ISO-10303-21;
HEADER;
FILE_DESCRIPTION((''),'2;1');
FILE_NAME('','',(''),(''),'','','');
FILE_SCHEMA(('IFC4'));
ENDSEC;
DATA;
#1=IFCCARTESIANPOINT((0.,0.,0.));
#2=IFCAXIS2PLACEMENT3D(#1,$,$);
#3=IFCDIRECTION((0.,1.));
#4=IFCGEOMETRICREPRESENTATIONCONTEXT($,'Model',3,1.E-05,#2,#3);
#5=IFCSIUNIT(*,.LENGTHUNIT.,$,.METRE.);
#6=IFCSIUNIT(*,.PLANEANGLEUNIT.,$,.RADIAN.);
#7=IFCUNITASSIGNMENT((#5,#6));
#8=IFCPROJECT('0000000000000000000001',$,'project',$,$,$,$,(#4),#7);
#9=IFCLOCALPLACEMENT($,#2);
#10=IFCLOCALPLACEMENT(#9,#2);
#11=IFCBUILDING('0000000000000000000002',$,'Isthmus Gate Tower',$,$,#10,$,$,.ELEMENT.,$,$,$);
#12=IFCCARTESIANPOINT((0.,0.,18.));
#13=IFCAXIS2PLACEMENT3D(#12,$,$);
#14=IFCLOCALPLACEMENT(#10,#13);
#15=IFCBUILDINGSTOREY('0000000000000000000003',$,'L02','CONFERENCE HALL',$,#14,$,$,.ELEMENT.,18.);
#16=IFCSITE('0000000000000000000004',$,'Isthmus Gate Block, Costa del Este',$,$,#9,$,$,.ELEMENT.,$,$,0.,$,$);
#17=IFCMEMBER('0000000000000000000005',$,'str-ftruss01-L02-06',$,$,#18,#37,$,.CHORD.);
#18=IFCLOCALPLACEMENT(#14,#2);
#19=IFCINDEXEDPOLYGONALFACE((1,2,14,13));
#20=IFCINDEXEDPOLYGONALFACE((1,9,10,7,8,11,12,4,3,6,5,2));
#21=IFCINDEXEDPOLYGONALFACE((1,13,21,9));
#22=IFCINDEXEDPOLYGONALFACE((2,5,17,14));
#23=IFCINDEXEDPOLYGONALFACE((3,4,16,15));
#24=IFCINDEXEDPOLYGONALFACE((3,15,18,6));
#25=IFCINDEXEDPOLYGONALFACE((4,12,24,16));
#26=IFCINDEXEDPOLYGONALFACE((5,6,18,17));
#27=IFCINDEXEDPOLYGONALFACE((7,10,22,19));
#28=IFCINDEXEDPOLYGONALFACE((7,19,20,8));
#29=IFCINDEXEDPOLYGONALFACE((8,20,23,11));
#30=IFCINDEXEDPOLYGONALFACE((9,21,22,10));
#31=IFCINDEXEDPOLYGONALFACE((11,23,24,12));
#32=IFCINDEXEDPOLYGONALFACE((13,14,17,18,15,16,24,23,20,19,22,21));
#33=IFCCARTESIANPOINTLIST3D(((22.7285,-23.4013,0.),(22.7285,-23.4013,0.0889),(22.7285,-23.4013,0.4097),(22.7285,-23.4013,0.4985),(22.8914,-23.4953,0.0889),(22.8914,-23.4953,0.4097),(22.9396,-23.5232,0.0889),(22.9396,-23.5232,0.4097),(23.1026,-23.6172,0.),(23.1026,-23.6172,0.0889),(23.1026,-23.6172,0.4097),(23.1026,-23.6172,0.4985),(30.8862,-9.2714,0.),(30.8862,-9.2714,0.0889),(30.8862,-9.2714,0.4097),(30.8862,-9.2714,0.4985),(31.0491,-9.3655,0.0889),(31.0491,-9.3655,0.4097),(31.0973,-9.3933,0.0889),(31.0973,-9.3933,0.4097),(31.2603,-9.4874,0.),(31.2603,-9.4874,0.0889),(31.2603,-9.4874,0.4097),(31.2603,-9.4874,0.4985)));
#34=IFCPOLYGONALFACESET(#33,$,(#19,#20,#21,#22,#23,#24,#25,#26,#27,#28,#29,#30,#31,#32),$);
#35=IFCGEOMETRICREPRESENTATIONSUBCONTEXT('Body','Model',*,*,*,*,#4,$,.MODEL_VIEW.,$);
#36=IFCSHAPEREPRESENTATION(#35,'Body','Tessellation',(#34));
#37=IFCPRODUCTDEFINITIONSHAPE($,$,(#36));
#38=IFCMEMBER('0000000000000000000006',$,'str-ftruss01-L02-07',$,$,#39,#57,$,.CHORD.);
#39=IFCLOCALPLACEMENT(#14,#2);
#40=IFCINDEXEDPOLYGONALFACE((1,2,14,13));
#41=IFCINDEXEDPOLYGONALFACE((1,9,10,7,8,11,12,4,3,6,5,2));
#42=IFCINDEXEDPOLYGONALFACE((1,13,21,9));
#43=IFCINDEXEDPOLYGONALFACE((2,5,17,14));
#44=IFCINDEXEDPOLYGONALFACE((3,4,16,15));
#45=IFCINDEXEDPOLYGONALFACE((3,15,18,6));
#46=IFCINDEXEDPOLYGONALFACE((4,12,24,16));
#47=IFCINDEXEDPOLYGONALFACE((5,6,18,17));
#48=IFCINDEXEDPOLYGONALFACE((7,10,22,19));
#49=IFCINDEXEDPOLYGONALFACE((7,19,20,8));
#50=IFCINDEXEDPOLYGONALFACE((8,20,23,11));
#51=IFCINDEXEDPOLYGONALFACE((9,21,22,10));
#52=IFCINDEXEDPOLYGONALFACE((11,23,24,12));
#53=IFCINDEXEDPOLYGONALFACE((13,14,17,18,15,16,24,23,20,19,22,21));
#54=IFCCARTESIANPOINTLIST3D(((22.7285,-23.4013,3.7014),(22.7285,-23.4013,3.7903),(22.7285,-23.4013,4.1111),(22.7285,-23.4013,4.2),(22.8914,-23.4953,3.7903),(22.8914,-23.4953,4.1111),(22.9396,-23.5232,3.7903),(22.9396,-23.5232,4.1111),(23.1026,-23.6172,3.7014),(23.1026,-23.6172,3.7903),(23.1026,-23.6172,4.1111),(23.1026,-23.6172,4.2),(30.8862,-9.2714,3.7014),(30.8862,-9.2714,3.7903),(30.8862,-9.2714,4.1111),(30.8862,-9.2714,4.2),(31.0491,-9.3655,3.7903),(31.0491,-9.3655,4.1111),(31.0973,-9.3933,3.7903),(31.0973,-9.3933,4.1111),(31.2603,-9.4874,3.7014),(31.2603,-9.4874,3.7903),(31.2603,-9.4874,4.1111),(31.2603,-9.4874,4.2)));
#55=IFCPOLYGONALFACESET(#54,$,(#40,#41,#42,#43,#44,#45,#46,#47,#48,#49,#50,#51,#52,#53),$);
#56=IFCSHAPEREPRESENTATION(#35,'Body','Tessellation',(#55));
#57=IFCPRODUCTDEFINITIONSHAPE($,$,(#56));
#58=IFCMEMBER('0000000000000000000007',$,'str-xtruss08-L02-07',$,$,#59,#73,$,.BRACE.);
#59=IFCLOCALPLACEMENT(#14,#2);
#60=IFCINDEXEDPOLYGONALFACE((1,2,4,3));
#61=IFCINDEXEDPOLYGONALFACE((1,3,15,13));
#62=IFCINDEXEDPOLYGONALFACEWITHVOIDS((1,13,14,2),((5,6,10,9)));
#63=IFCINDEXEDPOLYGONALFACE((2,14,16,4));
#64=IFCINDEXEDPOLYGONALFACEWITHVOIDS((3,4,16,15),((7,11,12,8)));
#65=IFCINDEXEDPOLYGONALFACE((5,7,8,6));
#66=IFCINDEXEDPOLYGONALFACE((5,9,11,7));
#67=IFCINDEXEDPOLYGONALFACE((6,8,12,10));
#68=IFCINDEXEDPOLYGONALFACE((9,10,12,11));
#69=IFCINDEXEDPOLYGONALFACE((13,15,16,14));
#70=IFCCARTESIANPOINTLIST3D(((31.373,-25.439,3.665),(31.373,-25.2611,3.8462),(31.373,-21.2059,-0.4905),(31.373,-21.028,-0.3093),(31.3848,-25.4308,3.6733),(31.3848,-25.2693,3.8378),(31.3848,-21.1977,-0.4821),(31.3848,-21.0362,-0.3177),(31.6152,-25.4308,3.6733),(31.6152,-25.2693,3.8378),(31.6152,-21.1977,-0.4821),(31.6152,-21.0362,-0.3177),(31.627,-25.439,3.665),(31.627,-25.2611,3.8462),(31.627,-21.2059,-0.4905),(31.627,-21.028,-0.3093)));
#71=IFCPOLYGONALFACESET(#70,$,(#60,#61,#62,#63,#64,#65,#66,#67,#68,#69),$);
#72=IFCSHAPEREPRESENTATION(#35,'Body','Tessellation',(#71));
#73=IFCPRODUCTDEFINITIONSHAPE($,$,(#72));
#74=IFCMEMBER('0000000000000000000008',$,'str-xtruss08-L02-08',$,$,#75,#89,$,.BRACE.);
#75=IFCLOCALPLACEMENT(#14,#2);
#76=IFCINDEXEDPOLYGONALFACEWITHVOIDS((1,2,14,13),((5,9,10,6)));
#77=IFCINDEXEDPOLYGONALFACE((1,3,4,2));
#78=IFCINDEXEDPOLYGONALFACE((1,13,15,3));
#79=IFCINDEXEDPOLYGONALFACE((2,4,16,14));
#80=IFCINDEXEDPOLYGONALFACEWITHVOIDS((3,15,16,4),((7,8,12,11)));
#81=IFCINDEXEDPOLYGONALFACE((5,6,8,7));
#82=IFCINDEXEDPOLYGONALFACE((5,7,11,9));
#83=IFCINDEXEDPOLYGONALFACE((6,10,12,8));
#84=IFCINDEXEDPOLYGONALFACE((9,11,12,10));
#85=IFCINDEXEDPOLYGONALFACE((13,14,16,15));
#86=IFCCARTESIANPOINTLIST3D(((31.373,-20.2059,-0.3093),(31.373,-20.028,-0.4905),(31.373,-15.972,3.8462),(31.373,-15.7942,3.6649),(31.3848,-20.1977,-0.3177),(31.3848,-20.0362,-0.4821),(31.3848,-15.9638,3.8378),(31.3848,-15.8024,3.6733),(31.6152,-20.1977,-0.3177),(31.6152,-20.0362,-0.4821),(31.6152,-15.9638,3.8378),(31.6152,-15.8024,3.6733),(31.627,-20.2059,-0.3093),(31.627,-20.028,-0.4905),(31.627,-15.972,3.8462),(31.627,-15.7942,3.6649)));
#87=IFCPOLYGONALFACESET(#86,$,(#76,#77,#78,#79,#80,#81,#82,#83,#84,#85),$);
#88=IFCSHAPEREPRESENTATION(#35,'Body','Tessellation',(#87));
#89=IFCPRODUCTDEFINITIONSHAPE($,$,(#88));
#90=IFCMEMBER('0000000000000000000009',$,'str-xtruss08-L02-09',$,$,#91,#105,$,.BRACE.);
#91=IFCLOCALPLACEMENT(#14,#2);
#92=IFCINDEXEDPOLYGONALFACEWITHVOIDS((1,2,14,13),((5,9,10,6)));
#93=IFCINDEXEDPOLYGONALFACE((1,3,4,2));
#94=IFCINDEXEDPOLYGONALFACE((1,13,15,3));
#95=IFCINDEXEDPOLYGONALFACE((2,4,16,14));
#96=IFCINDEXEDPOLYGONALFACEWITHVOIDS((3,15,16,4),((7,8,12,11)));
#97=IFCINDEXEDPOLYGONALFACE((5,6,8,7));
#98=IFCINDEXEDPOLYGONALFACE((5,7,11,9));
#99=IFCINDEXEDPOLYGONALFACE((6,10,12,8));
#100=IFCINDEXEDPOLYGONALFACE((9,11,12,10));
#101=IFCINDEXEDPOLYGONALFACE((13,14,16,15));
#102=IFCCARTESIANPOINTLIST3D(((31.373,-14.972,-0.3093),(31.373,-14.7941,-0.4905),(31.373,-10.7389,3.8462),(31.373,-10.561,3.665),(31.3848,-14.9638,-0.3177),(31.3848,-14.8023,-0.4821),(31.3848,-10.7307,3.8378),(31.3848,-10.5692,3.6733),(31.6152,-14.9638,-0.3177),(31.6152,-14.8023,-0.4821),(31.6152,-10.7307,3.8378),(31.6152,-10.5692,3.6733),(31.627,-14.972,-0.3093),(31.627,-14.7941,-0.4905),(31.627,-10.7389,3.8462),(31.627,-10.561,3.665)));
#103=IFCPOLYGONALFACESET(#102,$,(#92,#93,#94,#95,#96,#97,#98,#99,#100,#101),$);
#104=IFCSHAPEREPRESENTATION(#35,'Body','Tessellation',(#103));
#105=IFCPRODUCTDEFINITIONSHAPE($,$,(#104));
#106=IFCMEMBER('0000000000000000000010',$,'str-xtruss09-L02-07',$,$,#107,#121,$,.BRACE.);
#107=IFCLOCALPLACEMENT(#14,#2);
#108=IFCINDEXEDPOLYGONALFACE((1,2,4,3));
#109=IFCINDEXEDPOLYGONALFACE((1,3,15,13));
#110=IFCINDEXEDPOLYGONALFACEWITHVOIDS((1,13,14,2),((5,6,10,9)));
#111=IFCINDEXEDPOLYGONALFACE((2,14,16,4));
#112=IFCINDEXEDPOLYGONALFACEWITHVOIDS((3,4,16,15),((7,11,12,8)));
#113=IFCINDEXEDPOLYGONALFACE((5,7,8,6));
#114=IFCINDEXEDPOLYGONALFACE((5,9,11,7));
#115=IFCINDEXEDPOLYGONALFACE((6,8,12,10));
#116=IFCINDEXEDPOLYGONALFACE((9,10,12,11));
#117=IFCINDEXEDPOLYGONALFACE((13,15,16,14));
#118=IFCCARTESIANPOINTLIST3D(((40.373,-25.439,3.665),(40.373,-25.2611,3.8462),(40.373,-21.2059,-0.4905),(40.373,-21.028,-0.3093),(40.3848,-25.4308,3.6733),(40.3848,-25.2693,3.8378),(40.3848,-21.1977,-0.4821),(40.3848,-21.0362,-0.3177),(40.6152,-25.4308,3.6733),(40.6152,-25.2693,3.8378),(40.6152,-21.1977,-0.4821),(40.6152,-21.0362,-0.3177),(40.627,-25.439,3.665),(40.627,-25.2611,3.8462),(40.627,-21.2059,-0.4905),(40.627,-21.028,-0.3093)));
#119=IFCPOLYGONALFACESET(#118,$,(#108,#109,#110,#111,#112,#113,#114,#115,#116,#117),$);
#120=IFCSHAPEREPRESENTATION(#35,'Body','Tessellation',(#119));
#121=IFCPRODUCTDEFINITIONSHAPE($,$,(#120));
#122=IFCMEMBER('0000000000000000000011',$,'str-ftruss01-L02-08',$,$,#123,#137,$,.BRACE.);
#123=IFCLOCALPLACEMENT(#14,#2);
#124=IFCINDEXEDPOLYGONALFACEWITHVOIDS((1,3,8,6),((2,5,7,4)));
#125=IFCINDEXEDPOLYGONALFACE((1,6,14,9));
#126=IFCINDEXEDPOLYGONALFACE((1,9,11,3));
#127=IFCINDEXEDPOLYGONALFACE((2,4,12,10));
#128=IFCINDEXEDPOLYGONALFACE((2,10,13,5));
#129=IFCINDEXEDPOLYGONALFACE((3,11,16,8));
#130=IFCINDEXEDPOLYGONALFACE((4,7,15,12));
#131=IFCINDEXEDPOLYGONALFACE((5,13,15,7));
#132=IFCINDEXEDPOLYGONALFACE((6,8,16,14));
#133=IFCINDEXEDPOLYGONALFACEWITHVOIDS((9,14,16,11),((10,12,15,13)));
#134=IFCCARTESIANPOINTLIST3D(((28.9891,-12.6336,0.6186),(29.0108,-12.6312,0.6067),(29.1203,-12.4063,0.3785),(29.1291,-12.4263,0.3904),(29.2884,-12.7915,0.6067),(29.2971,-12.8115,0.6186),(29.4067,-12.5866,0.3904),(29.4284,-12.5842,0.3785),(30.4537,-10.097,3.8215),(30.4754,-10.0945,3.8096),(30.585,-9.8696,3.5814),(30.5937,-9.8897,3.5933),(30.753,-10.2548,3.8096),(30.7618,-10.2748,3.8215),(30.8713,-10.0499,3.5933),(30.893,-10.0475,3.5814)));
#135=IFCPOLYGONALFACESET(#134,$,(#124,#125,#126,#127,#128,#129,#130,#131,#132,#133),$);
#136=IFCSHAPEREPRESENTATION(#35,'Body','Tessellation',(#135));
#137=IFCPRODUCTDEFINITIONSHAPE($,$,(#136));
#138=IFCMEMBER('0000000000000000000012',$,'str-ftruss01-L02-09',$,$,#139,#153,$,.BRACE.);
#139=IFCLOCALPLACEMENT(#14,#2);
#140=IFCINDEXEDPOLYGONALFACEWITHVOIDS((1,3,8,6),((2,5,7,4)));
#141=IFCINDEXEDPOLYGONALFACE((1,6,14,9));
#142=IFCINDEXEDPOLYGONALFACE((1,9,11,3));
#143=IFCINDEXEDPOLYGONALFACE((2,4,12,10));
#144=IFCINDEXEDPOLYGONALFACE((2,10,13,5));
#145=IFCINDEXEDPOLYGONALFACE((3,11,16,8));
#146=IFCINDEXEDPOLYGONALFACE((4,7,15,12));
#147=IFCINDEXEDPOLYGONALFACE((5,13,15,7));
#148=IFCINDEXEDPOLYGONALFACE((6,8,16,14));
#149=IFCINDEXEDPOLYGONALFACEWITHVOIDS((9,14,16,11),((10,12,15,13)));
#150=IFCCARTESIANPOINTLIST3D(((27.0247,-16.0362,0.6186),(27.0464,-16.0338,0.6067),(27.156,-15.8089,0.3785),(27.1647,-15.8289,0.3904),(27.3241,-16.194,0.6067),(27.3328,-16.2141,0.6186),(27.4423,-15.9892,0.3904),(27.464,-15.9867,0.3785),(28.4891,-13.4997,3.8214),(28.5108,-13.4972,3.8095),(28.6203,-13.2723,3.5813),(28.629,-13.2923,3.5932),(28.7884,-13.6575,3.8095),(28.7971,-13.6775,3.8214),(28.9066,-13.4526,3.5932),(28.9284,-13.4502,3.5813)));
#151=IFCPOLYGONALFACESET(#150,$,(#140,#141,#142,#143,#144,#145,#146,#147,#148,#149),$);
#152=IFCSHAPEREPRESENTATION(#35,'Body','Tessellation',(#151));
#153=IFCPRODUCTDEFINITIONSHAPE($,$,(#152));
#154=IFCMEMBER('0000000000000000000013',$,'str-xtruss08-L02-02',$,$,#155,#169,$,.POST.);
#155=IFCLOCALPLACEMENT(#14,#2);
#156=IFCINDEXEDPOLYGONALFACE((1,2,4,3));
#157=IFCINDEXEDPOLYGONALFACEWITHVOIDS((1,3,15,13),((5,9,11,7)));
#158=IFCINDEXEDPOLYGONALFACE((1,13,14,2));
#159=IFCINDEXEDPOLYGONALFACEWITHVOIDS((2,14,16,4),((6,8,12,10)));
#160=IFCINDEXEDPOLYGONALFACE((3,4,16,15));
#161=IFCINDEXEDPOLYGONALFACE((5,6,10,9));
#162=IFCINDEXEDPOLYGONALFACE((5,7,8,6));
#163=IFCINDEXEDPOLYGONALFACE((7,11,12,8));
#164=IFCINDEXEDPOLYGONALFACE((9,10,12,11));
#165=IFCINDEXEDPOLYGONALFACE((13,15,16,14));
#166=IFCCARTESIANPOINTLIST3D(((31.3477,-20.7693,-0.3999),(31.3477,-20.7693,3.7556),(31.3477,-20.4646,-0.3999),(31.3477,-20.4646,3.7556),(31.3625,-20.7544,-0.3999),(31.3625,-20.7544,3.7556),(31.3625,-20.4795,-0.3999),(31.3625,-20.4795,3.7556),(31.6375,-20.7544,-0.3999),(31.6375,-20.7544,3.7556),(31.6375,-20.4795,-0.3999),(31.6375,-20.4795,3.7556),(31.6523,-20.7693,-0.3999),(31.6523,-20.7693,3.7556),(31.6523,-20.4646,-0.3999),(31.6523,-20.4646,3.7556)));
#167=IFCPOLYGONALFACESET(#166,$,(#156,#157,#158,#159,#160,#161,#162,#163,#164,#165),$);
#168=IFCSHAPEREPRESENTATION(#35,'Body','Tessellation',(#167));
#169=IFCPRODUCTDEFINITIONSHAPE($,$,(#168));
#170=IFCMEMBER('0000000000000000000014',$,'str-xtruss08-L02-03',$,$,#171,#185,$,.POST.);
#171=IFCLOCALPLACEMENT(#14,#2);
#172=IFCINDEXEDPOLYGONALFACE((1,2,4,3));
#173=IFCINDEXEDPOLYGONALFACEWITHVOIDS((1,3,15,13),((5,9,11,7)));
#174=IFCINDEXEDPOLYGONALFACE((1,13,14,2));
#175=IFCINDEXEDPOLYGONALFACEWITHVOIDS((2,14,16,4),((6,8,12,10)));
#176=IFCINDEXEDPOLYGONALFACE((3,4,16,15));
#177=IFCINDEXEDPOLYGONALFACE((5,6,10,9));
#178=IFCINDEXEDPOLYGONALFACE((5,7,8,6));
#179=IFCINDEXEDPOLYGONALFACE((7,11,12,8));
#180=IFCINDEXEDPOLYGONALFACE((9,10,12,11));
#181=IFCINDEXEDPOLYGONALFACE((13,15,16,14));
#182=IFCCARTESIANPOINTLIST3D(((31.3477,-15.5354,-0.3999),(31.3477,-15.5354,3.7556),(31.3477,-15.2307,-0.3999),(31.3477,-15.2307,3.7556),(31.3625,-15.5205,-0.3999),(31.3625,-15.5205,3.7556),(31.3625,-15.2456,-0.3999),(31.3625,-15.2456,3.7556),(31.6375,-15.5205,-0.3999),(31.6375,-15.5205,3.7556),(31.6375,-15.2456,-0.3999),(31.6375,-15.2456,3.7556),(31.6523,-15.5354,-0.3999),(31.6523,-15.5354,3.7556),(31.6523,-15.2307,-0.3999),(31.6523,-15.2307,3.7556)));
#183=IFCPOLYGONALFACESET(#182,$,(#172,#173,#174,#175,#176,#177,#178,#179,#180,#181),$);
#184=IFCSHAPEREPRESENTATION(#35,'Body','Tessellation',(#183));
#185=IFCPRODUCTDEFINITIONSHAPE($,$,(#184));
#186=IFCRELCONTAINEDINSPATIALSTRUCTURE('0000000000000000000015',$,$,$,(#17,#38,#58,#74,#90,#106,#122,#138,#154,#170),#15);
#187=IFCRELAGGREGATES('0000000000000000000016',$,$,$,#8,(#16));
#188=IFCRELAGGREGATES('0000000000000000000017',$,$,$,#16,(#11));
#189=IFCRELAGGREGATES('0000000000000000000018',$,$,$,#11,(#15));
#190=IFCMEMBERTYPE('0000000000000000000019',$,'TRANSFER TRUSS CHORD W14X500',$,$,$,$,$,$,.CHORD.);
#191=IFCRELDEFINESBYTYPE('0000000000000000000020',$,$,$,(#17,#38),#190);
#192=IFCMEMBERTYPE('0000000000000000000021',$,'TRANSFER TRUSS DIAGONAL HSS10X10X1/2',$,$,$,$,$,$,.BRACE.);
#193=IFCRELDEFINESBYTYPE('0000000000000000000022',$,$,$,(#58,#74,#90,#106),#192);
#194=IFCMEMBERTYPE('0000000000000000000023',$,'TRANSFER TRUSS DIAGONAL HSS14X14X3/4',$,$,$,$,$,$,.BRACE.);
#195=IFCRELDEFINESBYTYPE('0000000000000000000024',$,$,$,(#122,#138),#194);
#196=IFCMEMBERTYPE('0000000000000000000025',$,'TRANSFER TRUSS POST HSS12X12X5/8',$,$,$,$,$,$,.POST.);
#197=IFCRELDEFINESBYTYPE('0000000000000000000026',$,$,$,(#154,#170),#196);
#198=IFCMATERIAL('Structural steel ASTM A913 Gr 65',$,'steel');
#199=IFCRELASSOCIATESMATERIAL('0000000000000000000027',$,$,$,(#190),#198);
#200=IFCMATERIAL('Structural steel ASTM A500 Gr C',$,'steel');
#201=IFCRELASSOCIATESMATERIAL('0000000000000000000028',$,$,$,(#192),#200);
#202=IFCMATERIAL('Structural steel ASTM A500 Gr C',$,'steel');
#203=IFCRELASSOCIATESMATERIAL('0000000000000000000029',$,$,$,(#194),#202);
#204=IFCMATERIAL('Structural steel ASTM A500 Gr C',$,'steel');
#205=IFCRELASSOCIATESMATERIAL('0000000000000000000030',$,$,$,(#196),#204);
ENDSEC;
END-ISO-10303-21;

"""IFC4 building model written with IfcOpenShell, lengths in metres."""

from ifc_helpers import new_model, si_unit, direction, frame, origin, origin_2d, place, context, subcontext, project, spatial, hollow_rectangle, i_section, extrude, material, material_profile, profile_set, type_object, element, save


model = new_model("IFC4")

# Units and contexts
model_context = context("Model", 3, precision=1e-05, world=origin(), true_north=direction((0.0, 1.0)))
body_context = subcontext(model_context, "Body", "Model", "MODEL_VIEW")
ifc_project = project(units=[si_unit("LENGTHUNIT", "METRE"), si_unit("PLANEANGLEUNIT", "RADIAN")], contexts=[model_context])

# Site, building, storey
site_placement = place(None, origin())
site = spatial("IfcSite", under=ifc_project, at=site_placement, Name="Isthmus Gate Block, Costa del Este", CompositionType="ELEMENT", RefElevation=0.0)
building_placement = place(site_placement, origin())
building = spatial("IfcBuilding", under=site, at=building_placement, Name="Isthmus Gate Tower", CompositionType="ELEMENT")
storey_placement = place(building_placement, frame((0.0, 0.0, 18.0)))
storey = spatial("IfcBuildingStorey", under=building, at=storey_placement, Name="L02", Description="CONFERENCE HALL", CompositionType="ELEMENT", Elevation=18.0)

# Members
ifc_material_1 = material(Name="Structural steel ASTM A913 Gr 65", Category="steel")
ifc_material_profile_1 = material_profile(ifc_material_1, i_section(OverallWidth=0.4319, OverallDepth=0.4985, WebThickness=0.0557, FlangeThickness=0.0889, at=origin_2d()), Name="W14X500")
ifc_profile_set_1 = profile_set([ifc_material_profile_1], Name="Structural steel ASTM A913 Gr 65")
member_type_1 = type_object("IfcMemberType", Name="TRANSFER TRUSS CHORD W14X500", PredefinedType="CHORD", material=ifc_profile_set_1)
for number, where, z_axis, x_axis, name in (
    (1, (31.0732, -9.3794, 0.2493), (-0.499992, -0.86603, 0.0), (0.86603, -0.499992, 0.0), "str-ftruss01-L02-06"),
    (2, (31.0732, -9.3794, 3.9507), (-0.499992, -0.86603, 0.0), (0.86603, -0.499992, 0.0), "str-ftruss01-L02-07"),
):
    element("IfcMember", number, at=place(storey_placement, frame(where, z_axis=z_axis, x_axis=x_axis)), inside=storey, type_object=member_type_1, Name=name, PredefinedType="CHORD", context=body_context, shape_type="SweptSolid", body=[
        extrude(i_section(OverallWidth=0.4319, OverallDepth=0.4985, WebThickness=0.0557, FlangeThickness=0.0889, at=origin_2d()), origin(), (0.0, 0.0, 1.0), 16.3157),
    ])
ifc_material_2 = material(Name="Structural steel ASTM A500 Gr C", Category="steel")
ifc_material_profile_2 = material_profile(ifc_material_2, hollow_rectangle(XDim=0.2539, YDim=0.2539, WallThickness=0.0117, at=origin_2d()), Name="HSS10X10X1/2")
ifc_profile_set_2 = profile_set([ifc_material_profile_2], Name="Structural steel ASTM A500 Gr C")
member_type_2 = type_object("IfcMemberType", Name="TRANSFER TRUSS DIAGONAL HSS10X10X1/2", PredefinedType="BRACE", material=ifc_profile_set_2)
member_1_placement = place(storey_placement, frame((31.5, -21.1169, -0.3999), z_axis=(0.0, -0.71362, 0.700533), x_axis=(1.0, 0.0, 0.0)))
element("IfcMember", 3, at=member_1_placement, inside=storey, type_object=member_type_2, Name="str-xtruss08-L02-07", PredefinedType="BRACE", context=body_context, shape_type="SweptSolid", body=[
    extrude(hollow_rectangle(XDim=0.2539, YDim=0.2539, WallThickness=0.0117, at=origin_2d()), origin(), (0.0, 0.0, 1.0), 5.9319),
])
member_2_placement = place(storey_placement, frame((31.5, -20.1169, -0.3999), z_axis=(0.0, 0.713681, 0.700471), x_axis=(-1.0, 0.0, 0.0)))
element("IfcMember", 4, at=member_2_placement, inside=storey, type_object=member_type_2, Name="str-xtruss08-L02-08", PredefinedType="BRACE", context=body_context, shape_type="SweptSolid", body=[
    extrude(hollow_rectangle(XDim=0.2539, YDim=0.2539, WallThickness=0.0117, at=origin_2d()), origin(), (0.0, 0.0, 1.0), 5.9324),
])
for number, where, z_axis, x_axis, name in (
    (5, (31.5, -14.8831, -0.3999), (0.0, 0.71362, 0.700533), (-1.0, 0.0, 0.0), "str-xtruss08-L02-09"),
    (6, (40.5, -21.1169, -0.3999), (0.0, -0.71362, 0.700533), (1.0, 0.0, 0.0), "str-xtruss09-L02-07"),
):
    element("IfcMember", number, at=place(storey_placement, frame(where, z_axis=z_axis, x_axis=x_axis)), inside=storey, type_object=member_type_2, Name=name, PredefinedType="BRACE", context=body_context, shape_type="SweptSolid", body=[
        extrude(hollow_rectangle(XDim=0.2539, YDim=0.2539, WallThickness=0.0117, at=origin_2d()), origin(), (0.0, 0.0, 1.0), 5.9319),
    ])
ifc_material_3 = material(Name="Structural steel ASTM A500 Gr C", Category="steel")
ifc_material_profile_3 = material_profile(ifc_material_3, hollow_rectangle(XDim=0.3557, YDim=0.3557, WallThickness=0.0176, at=origin_2d()), Name="HSS14X14X3/4")
ifc_profile_set_3 = profile_set([ifc_material_profile_3], Name="Structural steel ASTM A500 Gr C")
member_type_3 = type_object("IfcMemberType", Name="TRANSFER TRUSS DIAGONAL HSS14X14X3/4", PredefinedType="BRACE", material=ifc_profile_set_3)
member_3_placement = place(storey_placement, frame((29.2087, -12.6089, 0.4985), z_axis=(0.337444, 0.584439, 0.737945), x_axis=(-0.866013, 0.500021, 0.0)))
element("IfcMember", 7, at=member_3_placement, inside=storey, type_object=member_type_3, Name="str-ftruss01-L02-08", PredefinedType="BRACE", context=body_context, shape_type="SweptSolid", body=[
    extrude(hollow_rectangle(XDim=0.3557, YDim=0.3557, WallThickness=0.0176, at=origin_2d()), origin(), (0.0, 0.0, 1.0), 4.3403),
])
member_4_placement = place(storey_placement, frame((27.2444, -16.0115, 0.4985), z_axis=(0.337395, 0.58445, 0.737959), x_axis=(-0.86605, 0.499958, 0.0)))
element("IfcMember", 8, at=member_4_placement, inside=storey, type_object=member_type_3, Name="str-ftruss01-L02-09", PredefinedType="BRACE", context=body_context, shape_type="SweptSolid", body=[
    extrude(hollow_rectangle(XDim=0.3557, YDim=0.3557, WallThickness=0.0176, at=origin_2d()), origin(), (0.0, 0.0, 1.0), 4.3401),
])
ifc_material_4 = material(Name="Structural steel ASTM A500 Gr C", Category="steel")
ifc_material_profile_4 = material_profile(ifc_material_4, hollow_rectangle(XDim=0.3047, YDim=0.3047, WallThickness=0.0149, at=origin_2d()), Name="HSS12X12X5/8")
ifc_profile_set_4 = profile_set([ifc_material_profile_4], Name="Structural steel ASTM A500 Gr C")
member_type_4 = type_object("IfcMemberType", Name="TRANSFER TRUSS POST HSS12X12X5/8", PredefinedType="POST", material=ifc_profile_set_4)
for number, where, z_axis, x_axis, name in (
    (9, (31.5, -20.6169, -0.3999), (0.0, 0.0, 1.0), (1.0, 0.0, 0.0), "str-xtruss08-L02-02"),
    (10, (31.5, -15.3831, -0.3999), (0.0, 0.0, 1.0), (1.0, 0.0, 0.0), "str-xtruss08-L02-03"),
):
    element("IfcMember", number, at=place(storey_placement, frame(where, z_axis=z_axis, x_axis=x_axis)), inside=storey, type_object=member_type_4, Name=name, PredefinedType="POST", context=body_context, shape_type="SweptSolid", body=[
        extrude(hollow_rectangle(XDim=0.3047, YDim=0.3047, WallThickness=0.0149, at=origin_2d()), origin(), (0.0, 0.0, 1.0), 4.1555),
    ])

save(model, "model.ifc")
